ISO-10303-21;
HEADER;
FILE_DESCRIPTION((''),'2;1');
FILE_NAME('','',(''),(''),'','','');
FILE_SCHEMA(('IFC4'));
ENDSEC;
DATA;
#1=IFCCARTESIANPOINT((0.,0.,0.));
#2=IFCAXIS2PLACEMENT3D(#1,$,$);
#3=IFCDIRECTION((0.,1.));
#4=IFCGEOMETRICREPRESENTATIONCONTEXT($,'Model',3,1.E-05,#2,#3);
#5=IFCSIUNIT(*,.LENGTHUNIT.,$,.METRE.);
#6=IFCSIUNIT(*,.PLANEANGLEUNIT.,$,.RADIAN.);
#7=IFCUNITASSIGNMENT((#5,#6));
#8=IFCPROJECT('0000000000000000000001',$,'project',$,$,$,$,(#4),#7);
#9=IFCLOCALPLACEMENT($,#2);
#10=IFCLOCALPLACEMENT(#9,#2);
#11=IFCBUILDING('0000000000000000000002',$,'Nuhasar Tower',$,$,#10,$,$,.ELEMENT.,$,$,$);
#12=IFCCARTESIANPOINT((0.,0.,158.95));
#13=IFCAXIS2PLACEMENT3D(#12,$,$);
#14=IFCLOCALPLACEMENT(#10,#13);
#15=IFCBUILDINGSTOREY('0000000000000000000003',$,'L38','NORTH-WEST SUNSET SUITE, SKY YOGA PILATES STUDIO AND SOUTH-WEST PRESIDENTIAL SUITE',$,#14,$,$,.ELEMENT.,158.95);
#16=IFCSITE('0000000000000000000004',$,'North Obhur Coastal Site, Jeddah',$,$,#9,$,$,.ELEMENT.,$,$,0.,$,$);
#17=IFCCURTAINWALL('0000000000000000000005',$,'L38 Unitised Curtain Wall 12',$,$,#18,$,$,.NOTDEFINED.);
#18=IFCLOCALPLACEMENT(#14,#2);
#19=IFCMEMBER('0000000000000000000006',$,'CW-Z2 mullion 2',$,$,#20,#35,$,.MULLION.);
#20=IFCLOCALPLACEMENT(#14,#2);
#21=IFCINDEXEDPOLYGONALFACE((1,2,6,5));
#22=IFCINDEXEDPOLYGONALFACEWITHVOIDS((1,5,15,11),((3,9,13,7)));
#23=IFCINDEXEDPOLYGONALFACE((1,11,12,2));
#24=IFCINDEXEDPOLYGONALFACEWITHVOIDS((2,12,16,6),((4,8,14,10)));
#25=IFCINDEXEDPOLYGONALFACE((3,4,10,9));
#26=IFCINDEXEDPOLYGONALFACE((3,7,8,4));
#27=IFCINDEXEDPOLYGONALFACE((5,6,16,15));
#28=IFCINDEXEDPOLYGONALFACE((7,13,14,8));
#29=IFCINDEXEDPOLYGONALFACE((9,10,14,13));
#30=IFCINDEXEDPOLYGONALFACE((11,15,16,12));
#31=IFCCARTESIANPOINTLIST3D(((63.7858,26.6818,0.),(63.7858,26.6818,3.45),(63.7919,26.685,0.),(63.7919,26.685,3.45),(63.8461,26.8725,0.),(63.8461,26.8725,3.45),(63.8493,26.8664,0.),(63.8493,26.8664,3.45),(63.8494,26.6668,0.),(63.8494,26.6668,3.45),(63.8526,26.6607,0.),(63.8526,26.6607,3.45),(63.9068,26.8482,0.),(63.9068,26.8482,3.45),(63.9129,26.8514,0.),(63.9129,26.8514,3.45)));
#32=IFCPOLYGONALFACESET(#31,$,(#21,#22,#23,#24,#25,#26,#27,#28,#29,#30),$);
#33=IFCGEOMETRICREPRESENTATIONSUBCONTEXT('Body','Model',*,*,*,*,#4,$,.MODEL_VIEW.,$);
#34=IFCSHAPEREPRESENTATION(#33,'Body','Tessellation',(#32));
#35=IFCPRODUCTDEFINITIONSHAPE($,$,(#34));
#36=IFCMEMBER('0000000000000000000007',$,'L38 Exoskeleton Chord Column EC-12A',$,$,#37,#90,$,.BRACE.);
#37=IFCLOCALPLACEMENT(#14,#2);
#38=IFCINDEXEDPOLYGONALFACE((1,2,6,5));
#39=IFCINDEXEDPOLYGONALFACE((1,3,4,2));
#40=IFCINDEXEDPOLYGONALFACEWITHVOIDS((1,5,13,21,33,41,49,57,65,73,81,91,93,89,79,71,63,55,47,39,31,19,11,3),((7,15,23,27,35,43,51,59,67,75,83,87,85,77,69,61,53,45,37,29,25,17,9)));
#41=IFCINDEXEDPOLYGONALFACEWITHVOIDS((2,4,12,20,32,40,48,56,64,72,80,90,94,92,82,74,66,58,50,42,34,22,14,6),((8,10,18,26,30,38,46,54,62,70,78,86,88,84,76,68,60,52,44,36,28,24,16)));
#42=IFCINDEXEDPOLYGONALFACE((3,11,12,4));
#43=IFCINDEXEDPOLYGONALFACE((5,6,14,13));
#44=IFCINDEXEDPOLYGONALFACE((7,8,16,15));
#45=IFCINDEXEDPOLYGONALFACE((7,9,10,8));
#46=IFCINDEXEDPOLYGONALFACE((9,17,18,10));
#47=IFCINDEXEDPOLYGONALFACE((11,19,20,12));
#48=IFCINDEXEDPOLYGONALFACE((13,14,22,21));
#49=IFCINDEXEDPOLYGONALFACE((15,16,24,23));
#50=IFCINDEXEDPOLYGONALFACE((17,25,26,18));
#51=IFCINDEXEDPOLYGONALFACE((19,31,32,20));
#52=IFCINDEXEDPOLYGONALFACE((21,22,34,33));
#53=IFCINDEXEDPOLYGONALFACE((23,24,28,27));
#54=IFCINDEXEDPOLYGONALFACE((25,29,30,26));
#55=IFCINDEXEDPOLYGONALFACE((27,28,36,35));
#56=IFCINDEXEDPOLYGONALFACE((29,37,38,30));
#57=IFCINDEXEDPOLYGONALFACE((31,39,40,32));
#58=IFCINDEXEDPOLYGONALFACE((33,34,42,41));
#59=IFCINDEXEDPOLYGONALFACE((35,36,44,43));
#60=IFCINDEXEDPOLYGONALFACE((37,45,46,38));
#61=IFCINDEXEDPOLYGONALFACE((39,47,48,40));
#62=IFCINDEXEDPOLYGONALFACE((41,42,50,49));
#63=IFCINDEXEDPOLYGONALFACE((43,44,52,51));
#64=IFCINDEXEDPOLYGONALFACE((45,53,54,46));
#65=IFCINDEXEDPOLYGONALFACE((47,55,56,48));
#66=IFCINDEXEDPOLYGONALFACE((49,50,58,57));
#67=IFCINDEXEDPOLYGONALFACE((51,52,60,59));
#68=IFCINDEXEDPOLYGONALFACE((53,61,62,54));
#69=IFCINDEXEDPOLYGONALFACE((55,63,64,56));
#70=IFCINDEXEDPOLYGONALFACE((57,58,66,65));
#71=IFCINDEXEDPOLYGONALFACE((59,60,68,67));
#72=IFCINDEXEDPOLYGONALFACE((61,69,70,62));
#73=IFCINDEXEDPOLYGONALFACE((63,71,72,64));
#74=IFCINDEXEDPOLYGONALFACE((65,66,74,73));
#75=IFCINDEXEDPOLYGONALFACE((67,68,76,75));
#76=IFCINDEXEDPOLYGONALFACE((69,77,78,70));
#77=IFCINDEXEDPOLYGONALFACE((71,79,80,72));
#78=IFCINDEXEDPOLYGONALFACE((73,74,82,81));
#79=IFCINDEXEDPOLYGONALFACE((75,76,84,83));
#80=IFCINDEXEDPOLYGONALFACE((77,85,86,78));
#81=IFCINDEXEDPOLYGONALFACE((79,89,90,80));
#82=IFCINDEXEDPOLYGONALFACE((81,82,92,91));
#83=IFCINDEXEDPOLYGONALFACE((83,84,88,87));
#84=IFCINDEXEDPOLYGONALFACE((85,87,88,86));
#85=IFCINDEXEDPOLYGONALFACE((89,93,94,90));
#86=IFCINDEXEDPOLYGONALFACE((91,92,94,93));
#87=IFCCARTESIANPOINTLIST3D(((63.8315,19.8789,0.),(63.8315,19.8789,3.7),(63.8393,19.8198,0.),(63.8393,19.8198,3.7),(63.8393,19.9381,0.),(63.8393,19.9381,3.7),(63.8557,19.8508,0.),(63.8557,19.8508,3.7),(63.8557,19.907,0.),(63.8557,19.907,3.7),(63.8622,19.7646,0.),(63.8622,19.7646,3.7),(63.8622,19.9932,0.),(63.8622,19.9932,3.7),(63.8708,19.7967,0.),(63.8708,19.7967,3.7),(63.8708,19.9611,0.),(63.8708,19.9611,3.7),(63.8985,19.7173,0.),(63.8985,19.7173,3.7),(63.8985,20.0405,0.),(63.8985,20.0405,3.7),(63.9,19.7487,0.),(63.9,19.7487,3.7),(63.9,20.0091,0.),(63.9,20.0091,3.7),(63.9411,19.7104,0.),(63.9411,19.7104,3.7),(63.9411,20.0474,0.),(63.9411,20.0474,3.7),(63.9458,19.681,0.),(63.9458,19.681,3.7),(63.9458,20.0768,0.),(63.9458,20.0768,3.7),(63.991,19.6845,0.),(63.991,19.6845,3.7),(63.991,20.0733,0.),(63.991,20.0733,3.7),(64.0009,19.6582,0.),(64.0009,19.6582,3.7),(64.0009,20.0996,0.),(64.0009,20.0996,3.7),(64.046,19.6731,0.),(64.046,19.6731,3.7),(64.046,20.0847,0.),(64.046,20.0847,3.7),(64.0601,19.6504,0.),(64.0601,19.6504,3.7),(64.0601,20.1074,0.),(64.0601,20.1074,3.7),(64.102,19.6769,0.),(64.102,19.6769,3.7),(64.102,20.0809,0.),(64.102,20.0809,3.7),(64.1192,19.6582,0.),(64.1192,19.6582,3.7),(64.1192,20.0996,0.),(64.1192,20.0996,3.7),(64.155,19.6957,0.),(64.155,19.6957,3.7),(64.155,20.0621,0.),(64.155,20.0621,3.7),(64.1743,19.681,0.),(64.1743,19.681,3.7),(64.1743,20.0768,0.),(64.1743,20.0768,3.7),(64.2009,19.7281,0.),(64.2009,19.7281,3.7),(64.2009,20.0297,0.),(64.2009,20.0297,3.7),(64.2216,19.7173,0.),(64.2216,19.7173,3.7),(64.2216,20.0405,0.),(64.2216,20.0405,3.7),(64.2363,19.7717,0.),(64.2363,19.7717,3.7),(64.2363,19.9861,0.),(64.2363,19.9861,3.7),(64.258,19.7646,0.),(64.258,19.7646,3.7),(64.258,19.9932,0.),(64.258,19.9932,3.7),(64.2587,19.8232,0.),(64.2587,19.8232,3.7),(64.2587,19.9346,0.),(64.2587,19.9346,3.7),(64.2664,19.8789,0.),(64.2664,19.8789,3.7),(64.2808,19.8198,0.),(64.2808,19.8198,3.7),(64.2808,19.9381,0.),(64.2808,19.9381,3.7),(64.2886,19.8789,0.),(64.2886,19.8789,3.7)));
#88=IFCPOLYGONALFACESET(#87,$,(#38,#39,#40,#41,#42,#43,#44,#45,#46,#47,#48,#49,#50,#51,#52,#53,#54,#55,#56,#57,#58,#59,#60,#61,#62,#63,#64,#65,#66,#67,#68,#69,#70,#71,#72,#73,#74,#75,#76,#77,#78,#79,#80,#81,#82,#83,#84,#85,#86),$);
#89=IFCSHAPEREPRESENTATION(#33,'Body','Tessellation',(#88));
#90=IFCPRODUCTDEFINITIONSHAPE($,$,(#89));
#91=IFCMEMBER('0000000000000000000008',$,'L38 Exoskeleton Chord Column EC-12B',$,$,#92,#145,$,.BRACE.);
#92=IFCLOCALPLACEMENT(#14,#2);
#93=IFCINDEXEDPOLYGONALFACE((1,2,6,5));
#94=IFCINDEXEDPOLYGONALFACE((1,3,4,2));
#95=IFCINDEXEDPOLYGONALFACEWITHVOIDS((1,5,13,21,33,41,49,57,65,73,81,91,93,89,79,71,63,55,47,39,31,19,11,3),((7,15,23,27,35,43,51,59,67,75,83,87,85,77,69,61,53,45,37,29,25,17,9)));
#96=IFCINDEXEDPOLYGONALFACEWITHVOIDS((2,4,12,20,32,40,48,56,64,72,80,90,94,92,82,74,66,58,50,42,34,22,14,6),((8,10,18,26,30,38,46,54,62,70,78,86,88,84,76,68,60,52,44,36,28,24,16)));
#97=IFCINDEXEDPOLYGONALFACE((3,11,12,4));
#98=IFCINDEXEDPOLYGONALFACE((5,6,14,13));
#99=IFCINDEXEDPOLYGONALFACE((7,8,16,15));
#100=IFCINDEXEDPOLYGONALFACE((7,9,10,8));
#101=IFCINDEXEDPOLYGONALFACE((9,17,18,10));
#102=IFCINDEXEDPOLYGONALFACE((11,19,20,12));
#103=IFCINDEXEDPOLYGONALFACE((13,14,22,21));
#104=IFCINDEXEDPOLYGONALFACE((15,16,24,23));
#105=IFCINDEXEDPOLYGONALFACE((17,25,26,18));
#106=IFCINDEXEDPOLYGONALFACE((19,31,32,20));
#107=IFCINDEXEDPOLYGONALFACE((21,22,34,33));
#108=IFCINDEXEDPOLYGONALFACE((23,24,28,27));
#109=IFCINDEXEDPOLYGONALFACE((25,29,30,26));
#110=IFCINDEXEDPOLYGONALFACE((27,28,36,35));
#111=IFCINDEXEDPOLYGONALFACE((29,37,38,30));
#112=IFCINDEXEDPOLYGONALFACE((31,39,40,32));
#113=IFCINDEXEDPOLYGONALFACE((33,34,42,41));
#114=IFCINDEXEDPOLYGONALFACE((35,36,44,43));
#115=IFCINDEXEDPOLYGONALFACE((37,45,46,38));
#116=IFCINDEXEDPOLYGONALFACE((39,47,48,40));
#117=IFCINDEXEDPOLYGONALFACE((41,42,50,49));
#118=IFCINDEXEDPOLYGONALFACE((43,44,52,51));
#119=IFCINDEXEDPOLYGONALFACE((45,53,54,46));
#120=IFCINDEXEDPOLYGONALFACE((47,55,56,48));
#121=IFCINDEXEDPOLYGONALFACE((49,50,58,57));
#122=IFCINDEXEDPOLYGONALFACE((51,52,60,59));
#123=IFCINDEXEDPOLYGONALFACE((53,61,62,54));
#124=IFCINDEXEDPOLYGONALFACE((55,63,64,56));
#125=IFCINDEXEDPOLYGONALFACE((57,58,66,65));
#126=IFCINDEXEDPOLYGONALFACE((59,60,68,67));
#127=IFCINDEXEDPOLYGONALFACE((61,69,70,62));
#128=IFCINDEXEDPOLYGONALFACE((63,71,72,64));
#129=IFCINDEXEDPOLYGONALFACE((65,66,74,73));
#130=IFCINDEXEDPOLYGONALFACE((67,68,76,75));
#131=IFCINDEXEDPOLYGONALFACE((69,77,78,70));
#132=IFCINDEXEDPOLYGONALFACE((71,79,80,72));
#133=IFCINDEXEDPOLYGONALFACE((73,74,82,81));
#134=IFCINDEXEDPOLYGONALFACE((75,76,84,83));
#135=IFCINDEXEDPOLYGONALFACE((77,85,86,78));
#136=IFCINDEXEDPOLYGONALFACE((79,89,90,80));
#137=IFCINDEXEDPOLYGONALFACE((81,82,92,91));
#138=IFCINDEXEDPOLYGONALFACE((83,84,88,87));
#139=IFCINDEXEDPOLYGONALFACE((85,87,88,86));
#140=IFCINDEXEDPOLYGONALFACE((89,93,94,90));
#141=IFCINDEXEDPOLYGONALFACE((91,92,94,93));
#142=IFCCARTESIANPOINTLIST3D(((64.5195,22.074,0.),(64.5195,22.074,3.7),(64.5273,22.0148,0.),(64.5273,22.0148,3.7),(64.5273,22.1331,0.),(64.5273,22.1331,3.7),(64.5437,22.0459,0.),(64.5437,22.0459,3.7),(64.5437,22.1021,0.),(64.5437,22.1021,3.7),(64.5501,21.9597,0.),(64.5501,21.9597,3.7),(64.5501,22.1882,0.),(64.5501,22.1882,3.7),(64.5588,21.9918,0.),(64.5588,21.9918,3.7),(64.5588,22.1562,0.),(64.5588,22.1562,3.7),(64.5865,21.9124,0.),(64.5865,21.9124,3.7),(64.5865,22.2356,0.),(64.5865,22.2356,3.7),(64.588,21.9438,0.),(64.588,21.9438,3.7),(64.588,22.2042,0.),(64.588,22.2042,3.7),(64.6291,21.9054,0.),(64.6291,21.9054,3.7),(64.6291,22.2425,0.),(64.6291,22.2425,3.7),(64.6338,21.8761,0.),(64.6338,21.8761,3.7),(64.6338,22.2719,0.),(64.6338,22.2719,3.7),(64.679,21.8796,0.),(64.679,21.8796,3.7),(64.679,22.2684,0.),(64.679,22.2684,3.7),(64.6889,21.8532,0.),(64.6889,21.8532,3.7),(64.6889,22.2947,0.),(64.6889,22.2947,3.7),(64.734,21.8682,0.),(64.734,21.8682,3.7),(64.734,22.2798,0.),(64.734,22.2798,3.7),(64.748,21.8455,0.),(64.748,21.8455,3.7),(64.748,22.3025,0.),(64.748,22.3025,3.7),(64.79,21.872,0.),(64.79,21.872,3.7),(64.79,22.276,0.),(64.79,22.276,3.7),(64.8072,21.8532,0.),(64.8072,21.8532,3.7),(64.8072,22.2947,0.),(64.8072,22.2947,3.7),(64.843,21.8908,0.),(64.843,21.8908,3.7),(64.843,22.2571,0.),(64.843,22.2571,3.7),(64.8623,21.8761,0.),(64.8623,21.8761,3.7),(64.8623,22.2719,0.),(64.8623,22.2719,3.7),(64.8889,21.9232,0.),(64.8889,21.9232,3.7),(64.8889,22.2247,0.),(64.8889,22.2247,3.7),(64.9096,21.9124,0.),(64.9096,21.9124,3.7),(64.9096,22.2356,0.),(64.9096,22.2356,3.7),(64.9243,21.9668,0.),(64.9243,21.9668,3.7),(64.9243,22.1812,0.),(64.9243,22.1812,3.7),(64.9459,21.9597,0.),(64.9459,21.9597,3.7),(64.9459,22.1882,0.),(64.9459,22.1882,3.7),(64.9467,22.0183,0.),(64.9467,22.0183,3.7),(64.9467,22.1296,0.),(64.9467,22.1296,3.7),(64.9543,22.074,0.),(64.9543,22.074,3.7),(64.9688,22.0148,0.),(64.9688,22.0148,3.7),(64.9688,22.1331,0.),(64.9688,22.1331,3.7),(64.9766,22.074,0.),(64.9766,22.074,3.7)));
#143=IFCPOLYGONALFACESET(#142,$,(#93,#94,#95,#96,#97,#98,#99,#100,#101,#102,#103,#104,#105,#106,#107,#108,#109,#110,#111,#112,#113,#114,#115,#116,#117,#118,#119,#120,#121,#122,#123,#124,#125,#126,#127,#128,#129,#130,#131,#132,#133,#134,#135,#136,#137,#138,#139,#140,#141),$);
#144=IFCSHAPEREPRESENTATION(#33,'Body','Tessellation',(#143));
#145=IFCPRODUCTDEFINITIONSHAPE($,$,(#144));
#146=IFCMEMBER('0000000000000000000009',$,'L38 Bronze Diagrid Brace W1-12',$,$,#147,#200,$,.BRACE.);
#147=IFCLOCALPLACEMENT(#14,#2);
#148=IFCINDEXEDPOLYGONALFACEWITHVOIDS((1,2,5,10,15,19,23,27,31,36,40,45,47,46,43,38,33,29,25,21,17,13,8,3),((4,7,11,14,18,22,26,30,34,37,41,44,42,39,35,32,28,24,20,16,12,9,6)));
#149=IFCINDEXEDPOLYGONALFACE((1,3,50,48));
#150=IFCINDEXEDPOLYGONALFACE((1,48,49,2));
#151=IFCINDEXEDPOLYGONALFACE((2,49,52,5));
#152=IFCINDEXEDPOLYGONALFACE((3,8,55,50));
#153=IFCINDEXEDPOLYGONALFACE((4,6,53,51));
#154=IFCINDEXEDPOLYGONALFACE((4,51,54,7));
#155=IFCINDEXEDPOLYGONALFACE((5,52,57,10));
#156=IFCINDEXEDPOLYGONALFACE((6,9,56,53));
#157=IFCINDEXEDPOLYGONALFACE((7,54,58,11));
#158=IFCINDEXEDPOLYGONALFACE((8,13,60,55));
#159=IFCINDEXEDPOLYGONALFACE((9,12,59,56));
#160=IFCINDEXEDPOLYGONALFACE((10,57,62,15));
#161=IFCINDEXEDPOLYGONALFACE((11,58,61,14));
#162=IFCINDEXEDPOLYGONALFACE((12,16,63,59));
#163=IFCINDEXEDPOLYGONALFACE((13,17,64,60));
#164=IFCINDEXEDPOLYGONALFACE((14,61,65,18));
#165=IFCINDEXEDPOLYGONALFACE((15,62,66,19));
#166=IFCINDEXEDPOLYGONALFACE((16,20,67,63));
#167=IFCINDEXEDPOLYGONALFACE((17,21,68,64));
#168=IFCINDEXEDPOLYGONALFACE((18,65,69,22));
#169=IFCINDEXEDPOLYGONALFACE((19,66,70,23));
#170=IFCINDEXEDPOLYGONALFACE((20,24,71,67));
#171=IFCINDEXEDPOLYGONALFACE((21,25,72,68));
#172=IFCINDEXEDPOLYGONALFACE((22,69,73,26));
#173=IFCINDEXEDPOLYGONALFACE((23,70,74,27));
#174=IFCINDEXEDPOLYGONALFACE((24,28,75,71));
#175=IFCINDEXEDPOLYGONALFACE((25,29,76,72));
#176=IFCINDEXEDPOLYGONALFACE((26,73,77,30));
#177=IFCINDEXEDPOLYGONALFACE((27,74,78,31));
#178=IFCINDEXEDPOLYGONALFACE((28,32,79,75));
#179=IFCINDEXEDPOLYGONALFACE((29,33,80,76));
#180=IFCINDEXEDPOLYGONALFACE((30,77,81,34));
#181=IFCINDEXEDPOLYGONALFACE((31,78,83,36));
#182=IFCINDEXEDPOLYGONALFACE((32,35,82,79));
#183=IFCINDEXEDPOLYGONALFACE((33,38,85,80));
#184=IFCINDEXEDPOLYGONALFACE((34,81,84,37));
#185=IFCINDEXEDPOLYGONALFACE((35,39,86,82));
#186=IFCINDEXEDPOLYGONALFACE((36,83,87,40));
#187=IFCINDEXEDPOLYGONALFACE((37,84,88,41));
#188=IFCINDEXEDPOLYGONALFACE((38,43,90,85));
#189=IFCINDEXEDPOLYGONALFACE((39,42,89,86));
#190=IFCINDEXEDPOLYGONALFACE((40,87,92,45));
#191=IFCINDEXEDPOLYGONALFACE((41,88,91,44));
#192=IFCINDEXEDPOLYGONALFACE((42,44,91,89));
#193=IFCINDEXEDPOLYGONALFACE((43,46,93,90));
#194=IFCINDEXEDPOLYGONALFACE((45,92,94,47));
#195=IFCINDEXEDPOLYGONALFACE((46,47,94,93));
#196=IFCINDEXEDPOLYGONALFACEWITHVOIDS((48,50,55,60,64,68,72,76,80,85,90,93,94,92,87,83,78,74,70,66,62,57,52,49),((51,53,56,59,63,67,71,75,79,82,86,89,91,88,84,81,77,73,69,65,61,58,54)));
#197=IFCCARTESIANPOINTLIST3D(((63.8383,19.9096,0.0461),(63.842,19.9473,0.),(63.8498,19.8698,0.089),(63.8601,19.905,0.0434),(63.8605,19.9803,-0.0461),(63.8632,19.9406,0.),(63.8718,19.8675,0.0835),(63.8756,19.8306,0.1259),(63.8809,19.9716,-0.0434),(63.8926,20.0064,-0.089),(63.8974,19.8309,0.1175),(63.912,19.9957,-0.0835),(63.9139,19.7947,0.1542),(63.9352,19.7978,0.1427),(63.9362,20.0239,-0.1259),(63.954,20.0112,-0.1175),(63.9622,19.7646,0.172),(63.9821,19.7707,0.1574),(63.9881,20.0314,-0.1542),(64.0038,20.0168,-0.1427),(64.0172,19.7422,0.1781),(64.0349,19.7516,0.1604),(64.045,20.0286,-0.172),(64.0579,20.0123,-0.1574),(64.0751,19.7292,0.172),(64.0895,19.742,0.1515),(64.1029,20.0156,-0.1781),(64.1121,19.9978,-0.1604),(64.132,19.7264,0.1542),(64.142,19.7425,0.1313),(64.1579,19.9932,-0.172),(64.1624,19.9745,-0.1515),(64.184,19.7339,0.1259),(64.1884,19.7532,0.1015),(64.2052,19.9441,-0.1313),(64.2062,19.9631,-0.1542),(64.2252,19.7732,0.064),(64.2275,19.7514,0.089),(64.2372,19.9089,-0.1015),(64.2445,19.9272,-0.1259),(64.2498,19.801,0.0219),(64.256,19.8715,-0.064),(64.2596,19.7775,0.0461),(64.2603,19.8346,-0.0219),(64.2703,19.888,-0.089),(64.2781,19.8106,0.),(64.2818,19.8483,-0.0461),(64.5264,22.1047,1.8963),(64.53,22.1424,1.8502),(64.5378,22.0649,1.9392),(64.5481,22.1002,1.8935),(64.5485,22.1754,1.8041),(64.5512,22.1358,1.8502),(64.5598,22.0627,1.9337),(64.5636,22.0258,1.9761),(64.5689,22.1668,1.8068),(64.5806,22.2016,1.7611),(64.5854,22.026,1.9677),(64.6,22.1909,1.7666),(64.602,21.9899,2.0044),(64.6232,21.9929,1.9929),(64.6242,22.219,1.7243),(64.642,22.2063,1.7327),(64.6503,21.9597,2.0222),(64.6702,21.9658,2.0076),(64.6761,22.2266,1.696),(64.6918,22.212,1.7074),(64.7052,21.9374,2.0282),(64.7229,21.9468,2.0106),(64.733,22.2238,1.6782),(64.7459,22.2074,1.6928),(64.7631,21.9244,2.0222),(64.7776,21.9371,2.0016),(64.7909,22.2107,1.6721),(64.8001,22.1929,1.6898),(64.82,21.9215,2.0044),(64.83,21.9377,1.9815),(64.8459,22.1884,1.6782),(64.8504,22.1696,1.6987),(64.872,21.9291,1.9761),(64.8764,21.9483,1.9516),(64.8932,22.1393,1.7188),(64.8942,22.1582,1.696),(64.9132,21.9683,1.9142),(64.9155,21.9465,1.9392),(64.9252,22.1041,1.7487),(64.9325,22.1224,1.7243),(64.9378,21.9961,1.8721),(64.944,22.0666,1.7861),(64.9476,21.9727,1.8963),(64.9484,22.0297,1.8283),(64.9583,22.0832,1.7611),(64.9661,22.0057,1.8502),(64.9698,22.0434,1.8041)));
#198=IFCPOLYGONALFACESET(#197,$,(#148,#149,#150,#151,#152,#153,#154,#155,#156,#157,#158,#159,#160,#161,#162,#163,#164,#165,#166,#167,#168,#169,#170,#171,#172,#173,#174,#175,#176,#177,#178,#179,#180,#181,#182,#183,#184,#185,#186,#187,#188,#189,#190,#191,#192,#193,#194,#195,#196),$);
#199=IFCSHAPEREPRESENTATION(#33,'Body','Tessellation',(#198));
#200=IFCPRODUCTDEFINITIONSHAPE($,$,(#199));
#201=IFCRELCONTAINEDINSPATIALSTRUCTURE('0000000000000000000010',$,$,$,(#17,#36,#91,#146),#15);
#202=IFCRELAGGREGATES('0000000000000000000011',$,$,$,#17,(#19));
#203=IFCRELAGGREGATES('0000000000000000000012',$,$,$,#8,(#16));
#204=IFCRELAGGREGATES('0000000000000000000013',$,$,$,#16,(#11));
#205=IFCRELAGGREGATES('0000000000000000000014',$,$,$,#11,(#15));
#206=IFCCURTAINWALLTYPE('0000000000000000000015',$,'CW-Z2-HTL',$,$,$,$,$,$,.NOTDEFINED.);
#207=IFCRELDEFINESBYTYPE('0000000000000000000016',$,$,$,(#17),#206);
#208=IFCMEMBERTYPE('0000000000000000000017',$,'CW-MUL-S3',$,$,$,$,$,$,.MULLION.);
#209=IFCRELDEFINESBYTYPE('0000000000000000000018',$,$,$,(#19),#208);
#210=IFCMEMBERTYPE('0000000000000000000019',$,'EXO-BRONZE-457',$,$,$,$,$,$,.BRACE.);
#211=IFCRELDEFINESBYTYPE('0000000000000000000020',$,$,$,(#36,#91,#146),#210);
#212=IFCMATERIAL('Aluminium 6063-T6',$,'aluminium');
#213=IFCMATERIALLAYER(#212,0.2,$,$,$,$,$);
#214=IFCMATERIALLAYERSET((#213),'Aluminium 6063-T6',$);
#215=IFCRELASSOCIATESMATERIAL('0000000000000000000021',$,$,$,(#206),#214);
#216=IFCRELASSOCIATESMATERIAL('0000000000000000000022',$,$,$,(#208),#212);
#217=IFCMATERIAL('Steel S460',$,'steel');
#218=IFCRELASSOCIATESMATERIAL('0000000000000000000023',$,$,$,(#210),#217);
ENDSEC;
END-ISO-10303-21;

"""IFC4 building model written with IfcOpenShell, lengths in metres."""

from ifc_helpers import new_model, si_unit, direction, frame, origin, origin_2d, place, context, subcontext, project, spatial, hollow_rectangle, hollow_circle, extrude, material, layer, layer_set, material_profile, profile_set, type_object, element, aggregate, save


model = new_model("IFC4")

# Units and contexts
model_context = context("Model", 3, precision=1e-05, world=origin(), true_north=direction((0.0, 1.0)))
body_context = subcontext(model_context, "Body", "Model", "MODEL_VIEW")
ifc_project = project(units=[si_unit("LENGTHUNIT", "METRE"), si_unit("PLANEANGLEUNIT", "RADIAN")], contexts=[model_context])

# Site, building, storey
site_placement = place(None, origin())
site = spatial("IfcSite", under=ifc_project, at=site_placement, Name="North Obhur Coastal Site, Jeddah", CompositionType="ELEMENT", RefElevation=0.0)
building_placement = place(site_placement, origin())
building = spatial("IfcBuilding", under=site, at=building_placement, Name="Nuhasar Tower", CompositionType="ELEMENT")
storey_placement = place(building_placement, frame((0.0, 0.0, 158.95)))
storey = spatial("IfcBuildingStorey", under=building, at=storey_placement, Name="L38", Description="NORTH-WEST SUNSET SUITE, SKY YOGA PILATES STUDIO AND SOUTH-WEST PRESIDENTIAL SUITE", CompositionType="ELEMENT", Elevation=158.95)

# Curtain wall, member
ifc_material_1 = material(Name="Aluminium 6063-T6", Category="aluminium")
ifc_layer_1 = layer(ifc_material_1, 0.2)
ifc_layer_set_1 = layer_set([ifc_layer_1], Name="Aluminium 6063-T6")
curtain_wall_type = type_object("IfcCurtainWallType", Name="CW-Z2-HTL", PredefinedType="NOTDEFINED", material=ifc_layer_set_1)
curtain_wall_placement = place(storey_placement, origin())
curtain_wall = element("IfcCurtainWall", 1, at=curtain_wall_placement, inside=storey, type_object=curtain_wall_type, Name="L38 Unitised Curtain Wall 12", PredefinedType="NOTDEFINED")
ifc_material_profile_1 = material_profile(ifc_material_1, hollow_rectangle(XDim=0.0701, YDim=0.2, WallThickness=0.0049, at=origin_2d()), Name="CWM-3")
ifc_profile_set_1 = profile_set([ifc_material_profile_1], Name="Aluminium 6063-T6")
member_type_1 = type_object("IfcMemberType", Name="CW-MUL-S3", PredefinedType="MULLION", material=ifc_profile_set_1)
member_1_placement = place(storey_placement, frame((63.8494, 26.7666, 0.0), z_axis=(0.0, 0.0, 1.0), x_axis=(-0.953433, 0.301604, 0.0)))
member_1 = element("IfcMember", 2, at=member_1_placement, type_object=member_type_1, Name="CW-Z2 mullion 2", PredefinedType="MULLION", context=body_context, shape_type="SweptSolid", body=[
    extrude(hollow_rectangle(XDim=0.0701, YDim=0.2, WallThickness=0.0049, at=origin_2d()), origin(), (0.0, 0.0, 1.0), 3.45),
])

# Members
ifc_material_2 = material(Name="Steel S460", Category="steel")
ifc_material_profile_2 = material_profile(ifc_material_2, hollow_circle(Radius=0.2285, WallThickness=0.0222, at=origin_2d()), Name="HSS457X22.2")
ifc_profile_set_2 = profile_set([ifc_material_profile_2], Name="Steel S460")
member_type_2 = type_object("IfcMemberType", Name="EXO-BRONZE-457", PredefinedType="BRACE", material=ifc_profile_set_2)
for number, where, z_axis, x_axis, name in (
    (3, (64.0601, 19.8789, 0.0), (0.0, 0.0, 1.0), (1.0, 0.0, 0.0), "L38 Exoskeleton Chord Column EC-12A"),
    (4, (64.748, 22.074, 0.0), (0.0, 0.0, 1.0), (1.0, 0.0, 0.0), "L38 Exoskeleton Chord Column EC-12B"),
):
    element("IfcMember", number, at=place(storey_placement, frame(where, z_axis=z_axis, x_axis=x_axis)), inside=storey, type_object=member_type_2, Name=name, PredefinedType="BRACE", context=body_context, shape_type="SweptSolid", body=[
        extrude(hollow_circle(Radius=0.2285, WallThickness=0.0222, at=origin_2d()), origin(), (0.0, 0.0, 1.0), 3.7),
    ])
member_2_placement = place(storey_placement, frame((64.0601, 19.8789, 0.0), z_axis=(0.233056, 0.743578, 0.626719), x_axis=(-0.954228, 0.299079, 0.0)))
element("IfcMember", 5, at=member_2_placement, inside=storey, type_object=member_type_2, Name="L38 Bronze Diagrid Brace W1-12", PredefinedType="BRACE", context=body_context, shape_type="SweptSolid", body=[
    extrude(hollow_circle(Radius=0.2285, WallThickness=0.0222, at=origin_2d()), origin(), (0.0, 0.0, 1.0), 2.9521),
])

aggregate(curtain_wall, [member_1])

save(model, "model.ifc")
